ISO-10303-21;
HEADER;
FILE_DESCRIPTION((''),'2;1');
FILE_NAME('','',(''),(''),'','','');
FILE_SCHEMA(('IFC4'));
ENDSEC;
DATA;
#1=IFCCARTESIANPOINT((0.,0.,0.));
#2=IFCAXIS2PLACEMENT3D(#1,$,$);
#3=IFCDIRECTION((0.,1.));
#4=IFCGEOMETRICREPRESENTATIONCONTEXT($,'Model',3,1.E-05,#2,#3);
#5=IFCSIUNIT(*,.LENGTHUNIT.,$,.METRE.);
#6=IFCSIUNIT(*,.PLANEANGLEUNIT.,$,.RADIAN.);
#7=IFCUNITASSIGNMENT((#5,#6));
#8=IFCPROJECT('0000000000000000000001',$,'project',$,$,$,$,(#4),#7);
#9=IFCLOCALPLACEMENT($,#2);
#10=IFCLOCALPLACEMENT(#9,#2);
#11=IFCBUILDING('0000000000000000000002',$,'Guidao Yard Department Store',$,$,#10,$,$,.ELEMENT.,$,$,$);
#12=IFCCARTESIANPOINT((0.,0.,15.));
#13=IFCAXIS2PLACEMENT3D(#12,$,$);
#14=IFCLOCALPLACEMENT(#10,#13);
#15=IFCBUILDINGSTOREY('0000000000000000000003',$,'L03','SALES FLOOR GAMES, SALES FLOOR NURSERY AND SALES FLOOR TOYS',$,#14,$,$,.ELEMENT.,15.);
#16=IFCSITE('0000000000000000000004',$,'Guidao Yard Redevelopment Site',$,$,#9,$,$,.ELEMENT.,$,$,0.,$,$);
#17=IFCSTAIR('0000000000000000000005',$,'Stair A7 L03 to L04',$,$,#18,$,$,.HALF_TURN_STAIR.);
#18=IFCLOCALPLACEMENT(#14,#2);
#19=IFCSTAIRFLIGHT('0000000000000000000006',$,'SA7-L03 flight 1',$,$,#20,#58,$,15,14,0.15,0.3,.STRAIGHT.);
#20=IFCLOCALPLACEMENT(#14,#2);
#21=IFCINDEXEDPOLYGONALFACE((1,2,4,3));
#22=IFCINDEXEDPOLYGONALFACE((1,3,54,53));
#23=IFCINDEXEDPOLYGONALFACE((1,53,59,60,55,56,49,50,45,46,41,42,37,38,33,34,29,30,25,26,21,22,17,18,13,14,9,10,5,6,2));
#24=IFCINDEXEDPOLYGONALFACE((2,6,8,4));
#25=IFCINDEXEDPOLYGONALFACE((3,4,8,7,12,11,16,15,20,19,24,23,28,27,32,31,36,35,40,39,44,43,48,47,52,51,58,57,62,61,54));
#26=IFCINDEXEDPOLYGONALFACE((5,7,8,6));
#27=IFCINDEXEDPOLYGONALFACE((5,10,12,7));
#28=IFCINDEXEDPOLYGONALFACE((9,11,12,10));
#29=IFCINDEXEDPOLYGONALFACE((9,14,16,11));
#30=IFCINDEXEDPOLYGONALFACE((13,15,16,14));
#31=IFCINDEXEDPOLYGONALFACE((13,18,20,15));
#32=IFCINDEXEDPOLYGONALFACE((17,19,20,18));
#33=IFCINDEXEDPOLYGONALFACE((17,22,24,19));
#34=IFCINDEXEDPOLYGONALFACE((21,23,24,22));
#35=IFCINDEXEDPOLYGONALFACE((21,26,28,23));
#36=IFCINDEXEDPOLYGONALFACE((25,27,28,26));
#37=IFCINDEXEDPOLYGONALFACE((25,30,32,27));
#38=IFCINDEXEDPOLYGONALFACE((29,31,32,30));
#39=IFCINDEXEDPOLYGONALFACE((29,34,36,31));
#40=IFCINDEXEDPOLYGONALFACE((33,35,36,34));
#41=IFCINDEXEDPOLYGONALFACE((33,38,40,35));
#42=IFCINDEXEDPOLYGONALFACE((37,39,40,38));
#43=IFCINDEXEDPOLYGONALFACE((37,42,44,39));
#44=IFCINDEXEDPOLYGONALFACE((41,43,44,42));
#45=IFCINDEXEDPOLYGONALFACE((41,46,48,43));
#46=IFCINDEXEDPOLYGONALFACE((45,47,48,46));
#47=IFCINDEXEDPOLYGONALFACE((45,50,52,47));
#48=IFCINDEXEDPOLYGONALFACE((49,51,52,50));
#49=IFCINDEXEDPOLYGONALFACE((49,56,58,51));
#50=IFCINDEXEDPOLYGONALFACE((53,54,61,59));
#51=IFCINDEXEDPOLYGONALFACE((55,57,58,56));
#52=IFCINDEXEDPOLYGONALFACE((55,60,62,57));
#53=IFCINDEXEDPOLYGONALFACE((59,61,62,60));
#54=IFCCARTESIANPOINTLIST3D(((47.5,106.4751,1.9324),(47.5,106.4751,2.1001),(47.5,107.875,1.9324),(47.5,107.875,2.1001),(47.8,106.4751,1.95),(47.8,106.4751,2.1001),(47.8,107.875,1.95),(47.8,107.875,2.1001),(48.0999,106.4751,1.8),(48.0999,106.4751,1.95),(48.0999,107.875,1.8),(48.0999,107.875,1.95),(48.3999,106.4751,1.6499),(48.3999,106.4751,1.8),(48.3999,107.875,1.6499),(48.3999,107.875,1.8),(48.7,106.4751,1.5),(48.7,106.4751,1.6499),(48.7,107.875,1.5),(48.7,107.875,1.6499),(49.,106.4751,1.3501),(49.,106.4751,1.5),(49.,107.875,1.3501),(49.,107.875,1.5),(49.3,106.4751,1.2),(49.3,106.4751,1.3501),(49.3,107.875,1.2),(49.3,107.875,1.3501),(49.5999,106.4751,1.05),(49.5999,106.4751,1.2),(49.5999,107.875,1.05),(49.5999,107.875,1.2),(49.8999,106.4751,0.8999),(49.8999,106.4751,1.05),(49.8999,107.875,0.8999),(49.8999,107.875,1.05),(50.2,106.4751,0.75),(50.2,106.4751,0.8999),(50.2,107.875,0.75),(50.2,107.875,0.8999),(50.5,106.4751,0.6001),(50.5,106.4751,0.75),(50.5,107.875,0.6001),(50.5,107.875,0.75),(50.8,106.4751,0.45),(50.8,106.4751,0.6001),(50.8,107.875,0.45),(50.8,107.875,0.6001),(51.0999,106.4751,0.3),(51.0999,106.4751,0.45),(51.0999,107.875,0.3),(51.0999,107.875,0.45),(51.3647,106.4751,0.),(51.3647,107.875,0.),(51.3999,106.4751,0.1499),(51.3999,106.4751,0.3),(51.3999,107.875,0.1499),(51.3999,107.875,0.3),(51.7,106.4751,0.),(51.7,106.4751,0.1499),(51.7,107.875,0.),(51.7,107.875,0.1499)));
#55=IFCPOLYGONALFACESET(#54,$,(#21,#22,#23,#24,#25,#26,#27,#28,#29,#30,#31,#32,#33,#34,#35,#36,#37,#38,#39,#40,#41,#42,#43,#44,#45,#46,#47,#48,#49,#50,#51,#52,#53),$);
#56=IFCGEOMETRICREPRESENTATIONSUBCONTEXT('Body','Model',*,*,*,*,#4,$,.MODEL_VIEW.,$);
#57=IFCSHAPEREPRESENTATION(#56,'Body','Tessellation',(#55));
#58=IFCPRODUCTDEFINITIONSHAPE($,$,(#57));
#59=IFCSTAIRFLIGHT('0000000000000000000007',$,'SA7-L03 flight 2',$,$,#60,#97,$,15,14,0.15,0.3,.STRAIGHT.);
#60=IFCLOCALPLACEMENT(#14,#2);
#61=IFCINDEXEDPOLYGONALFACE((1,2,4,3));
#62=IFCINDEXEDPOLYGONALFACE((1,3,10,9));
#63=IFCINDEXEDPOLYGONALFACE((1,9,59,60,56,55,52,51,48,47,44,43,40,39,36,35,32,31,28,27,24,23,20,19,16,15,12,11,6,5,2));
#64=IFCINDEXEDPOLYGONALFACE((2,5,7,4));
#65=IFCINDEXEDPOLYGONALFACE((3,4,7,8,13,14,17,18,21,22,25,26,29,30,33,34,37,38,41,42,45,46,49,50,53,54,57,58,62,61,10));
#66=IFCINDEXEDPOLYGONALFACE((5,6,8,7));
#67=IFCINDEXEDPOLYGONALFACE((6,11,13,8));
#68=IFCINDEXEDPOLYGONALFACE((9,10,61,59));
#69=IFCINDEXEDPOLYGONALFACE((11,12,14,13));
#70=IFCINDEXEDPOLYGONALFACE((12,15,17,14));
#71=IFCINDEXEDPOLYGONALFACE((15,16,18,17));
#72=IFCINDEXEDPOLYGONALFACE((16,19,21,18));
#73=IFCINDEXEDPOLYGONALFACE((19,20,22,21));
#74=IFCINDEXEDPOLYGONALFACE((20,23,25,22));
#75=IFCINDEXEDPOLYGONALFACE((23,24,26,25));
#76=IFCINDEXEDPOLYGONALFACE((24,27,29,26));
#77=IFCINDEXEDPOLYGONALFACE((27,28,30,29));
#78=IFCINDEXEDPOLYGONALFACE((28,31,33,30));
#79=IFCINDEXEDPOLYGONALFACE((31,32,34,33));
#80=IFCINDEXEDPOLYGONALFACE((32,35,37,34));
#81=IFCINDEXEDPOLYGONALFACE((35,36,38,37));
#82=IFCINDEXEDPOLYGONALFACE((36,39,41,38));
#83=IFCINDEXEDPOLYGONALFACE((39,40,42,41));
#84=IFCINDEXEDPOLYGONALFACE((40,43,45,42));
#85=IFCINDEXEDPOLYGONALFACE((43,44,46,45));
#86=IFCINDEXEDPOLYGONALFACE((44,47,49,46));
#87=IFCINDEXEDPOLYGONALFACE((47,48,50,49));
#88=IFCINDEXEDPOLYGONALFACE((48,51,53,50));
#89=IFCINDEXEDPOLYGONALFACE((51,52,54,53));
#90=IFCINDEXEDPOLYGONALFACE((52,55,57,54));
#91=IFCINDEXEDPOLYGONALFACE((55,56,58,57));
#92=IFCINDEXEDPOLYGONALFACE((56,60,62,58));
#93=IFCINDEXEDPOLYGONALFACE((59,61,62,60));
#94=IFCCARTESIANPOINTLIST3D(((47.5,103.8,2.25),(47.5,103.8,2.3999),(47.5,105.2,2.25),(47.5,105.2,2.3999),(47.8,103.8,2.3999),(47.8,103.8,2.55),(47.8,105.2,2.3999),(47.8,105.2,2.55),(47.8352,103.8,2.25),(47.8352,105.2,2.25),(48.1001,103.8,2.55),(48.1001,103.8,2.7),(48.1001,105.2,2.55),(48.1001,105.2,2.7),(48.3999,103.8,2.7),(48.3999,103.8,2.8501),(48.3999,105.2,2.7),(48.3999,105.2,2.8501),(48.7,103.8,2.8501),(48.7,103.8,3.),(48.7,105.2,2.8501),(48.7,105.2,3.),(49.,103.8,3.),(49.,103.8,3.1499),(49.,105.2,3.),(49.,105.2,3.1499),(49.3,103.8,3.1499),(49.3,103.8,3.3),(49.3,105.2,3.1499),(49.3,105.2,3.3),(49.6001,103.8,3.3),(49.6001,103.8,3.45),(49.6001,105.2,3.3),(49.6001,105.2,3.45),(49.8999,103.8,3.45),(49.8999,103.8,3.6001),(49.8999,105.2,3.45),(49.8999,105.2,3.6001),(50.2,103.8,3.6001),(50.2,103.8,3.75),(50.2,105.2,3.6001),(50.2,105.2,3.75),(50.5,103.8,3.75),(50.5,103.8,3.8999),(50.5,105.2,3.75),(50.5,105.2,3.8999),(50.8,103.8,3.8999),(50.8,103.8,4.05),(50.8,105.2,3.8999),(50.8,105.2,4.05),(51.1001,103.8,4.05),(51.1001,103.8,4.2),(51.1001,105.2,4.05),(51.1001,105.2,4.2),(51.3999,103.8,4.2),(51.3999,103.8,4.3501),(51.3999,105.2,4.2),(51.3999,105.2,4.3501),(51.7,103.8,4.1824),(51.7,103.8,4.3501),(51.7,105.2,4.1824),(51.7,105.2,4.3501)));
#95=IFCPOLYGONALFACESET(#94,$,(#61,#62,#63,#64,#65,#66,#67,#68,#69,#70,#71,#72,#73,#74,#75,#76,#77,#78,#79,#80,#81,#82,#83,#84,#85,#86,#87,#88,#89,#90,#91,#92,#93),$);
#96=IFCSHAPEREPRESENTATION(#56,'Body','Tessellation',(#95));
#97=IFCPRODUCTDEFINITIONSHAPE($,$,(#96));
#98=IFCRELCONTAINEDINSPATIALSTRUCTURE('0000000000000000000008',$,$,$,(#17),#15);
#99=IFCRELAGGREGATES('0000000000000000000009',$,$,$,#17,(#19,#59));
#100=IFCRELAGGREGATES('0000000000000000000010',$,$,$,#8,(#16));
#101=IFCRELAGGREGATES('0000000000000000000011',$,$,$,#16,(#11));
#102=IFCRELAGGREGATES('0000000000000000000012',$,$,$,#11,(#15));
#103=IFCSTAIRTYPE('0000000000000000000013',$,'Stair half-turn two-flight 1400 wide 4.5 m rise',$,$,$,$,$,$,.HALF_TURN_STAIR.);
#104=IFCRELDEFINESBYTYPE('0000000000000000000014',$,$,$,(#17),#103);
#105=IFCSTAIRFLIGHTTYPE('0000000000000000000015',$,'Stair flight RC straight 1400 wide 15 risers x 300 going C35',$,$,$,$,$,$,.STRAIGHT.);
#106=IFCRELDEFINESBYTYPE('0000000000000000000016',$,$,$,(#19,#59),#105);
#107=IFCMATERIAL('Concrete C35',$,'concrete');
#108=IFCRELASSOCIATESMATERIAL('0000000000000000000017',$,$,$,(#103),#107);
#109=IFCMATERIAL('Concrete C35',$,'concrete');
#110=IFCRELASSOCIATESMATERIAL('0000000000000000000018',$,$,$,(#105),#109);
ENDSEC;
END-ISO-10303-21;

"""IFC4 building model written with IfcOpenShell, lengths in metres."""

from ifc_helpers import new_model, si_unit, direction, frame, origin, place, context, subcontext, project, spatial, polyline, outline, extrude, material, type_object, element, aggregate, save


model = new_model("IFC4")

# Units and contexts
model_context = context("Model", 3, precision=1e-05, world=origin(), true_north=direction((0.0, 1.0)))
body_context = subcontext(model_context, "Body", "Model", "MODEL_VIEW")
ifc_project = project(units=[si_unit("LENGTHUNIT", "METRE"), si_unit("PLANEANGLEUNIT", "RADIAN")], contexts=[model_context])

# Site, building, storey
site_placement = place(None, origin())
site = spatial("IfcSite", under=ifc_project, at=site_placement, Name="Guidao Yard Redevelopment Site", CompositionType="ELEMENT", RefElevation=0.0)
building_placement = place(site_placement, origin())
building = spatial("IfcBuilding", under=site, at=building_placement, Name="Guidao Yard Department Store", CompositionType="ELEMENT")
storey_placement = place(building_placement, frame((0.0, 0.0, 15.0)))
storey = spatial("IfcBuildingStorey", under=building, at=storey_placement, Name="L03", Description="SALES FLOOR GAMES, SALES FLOOR NURSERY AND SALES FLOOR TOYS", CompositionType="ELEMENT", Elevation=15.0)

# Stair, stair flights
ifc_material_1 = material(Name="Concrete C35", Category="concrete")
stair_type = type_object("IfcStairType", Name="Stair half-turn two-flight 1400 wide 4.5 m rise", PredefinedType="HALF_TURN_STAIR", material=ifc_material_1)
stair_placement = place(storey_placement, origin())
stair = element("IfcStair", 1, at=stair_placement, inside=storey, type_object=stair_type, Name="Stair A7 L03 to L04", PredefinedType="HALF_TURN_STAIR")
ifc_material_2 = material(Name="Concrete C35", Category="concrete")
stair_flight_type = type_object("IfcStairFlightType", Name="Stair flight RC straight 1400 wide 15 risers x 300 going C35", PredefinedType="STRAIGHT", material=ifc_material_2)
stair_flight_1_placement = place(storey_placement, frame((51.7, 107.175, 0.0), z_axis=(0.0, 0.0, 1.0), x_axis=(-1.0, 0.0, 0.0)))
stair_flight_1 = element("IfcStairFlight", 2, at=stair_flight_1_placement, type_object=stair_flight_type, Name="SA7-L03 flight 1", NumberOfRisers=15, NumberOfTreads=14, PredefinedType="STRAIGHT", RiserHeight=0.15, TreadLength=0.3, context=body_context, shape_type="SweptSolid", body=[
    extrude(outline(polyline([(0.0, 0.0), (0.0, 0.1499), (0.3, 0.1499), (0.3, 0.3), (0.6001, 0.3), (0.6001, 0.45), (0.8999, 0.45), (0.8999, 0.6001), (1.2, 0.6001), (1.2, 0.75), (1.5, 0.75), (1.5, 0.8999), (1.8, 0.8999), (1.8, 1.05), (2.1001, 1.05), (2.1001, 1.2), (2.3999, 1.2), (2.3999, 1.3501), (2.7, 1.3501), (2.7, 1.5), (3.0, 1.5), (3.0, 1.6499), (3.3, 1.6499), (3.3, 1.8), (3.6001, 1.8), (3.6001, 1.95), (3.8999, 1.95), (3.8999, 2.1001), (4.2, 2.1001), (4.2, 2.25), (4.2, 1.9324), (0.3352, 0.0), (0.0, 0.0)])), frame((0.0, 0.7, 0.0), z_axis=(0.0, -1.0, 0.0), x_axis=(1.0, 0.0, 0.0)), (0.0, 0.0, 1.0), 1.3999),
])
stair_flight_2_placement = place(storey_placement, frame((47.5, 104.5, 2.25), z_axis=(0.0, 0.0, 1.0), x_axis=(1.0, 0.0, 0.0)))
stair_flight_2 = element("IfcStairFlight", 3, at=stair_flight_2_placement, type_object=stair_flight_type, Name="SA7-L03 flight 2", NumberOfRisers=15, NumberOfTreads=14, PredefinedType="STRAIGHT", RiserHeight=0.15, TreadLength=0.3, context=body_context, shape_type="SweptSolid", body=[
    extrude(outline(polyline([(0.0, 0.0), (0.0, 0.1499), (0.3, 0.1499), (0.3, 0.3), (0.6001, 0.3), (0.6001, 0.45), (0.8999, 0.45), (0.8999, 0.6001), (1.2, 0.6001), (1.2, 0.75), (1.5, 0.75), (1.5, 0.8999), (1.8, 0.8999), (1.8, 1.05), (2.1001, 1.05), (2.1001, 1.2), (2.3999, 1.2), (2.3999, 1.3501), (2.7, 1.3501), (2.7, 1.5), (3.0, 1.5), (3.0, 1.6499), (3.3, 1.6499), (3.3, 1.8), (3.6001, 1.8), (3.6001, 1.95), (3.8999, 1.95), (3.8999, 2.1001), (4.2, 2.1001), (4.2, 2.25), (4.2, 1.9324), (0.3352, 0.0), (0.0, 0.0)])), frame((0.0, 0.7, 0.0), z_axis=(0.0, -1.0, 0.0), x_axis=(1.0, 0.0, 0.0)), (0.0, 0.0, 1.0), 1.3999),
])
aggregate(stair, [stair_flight_1, stair_flight_2])

save(model, "model.ifc")
